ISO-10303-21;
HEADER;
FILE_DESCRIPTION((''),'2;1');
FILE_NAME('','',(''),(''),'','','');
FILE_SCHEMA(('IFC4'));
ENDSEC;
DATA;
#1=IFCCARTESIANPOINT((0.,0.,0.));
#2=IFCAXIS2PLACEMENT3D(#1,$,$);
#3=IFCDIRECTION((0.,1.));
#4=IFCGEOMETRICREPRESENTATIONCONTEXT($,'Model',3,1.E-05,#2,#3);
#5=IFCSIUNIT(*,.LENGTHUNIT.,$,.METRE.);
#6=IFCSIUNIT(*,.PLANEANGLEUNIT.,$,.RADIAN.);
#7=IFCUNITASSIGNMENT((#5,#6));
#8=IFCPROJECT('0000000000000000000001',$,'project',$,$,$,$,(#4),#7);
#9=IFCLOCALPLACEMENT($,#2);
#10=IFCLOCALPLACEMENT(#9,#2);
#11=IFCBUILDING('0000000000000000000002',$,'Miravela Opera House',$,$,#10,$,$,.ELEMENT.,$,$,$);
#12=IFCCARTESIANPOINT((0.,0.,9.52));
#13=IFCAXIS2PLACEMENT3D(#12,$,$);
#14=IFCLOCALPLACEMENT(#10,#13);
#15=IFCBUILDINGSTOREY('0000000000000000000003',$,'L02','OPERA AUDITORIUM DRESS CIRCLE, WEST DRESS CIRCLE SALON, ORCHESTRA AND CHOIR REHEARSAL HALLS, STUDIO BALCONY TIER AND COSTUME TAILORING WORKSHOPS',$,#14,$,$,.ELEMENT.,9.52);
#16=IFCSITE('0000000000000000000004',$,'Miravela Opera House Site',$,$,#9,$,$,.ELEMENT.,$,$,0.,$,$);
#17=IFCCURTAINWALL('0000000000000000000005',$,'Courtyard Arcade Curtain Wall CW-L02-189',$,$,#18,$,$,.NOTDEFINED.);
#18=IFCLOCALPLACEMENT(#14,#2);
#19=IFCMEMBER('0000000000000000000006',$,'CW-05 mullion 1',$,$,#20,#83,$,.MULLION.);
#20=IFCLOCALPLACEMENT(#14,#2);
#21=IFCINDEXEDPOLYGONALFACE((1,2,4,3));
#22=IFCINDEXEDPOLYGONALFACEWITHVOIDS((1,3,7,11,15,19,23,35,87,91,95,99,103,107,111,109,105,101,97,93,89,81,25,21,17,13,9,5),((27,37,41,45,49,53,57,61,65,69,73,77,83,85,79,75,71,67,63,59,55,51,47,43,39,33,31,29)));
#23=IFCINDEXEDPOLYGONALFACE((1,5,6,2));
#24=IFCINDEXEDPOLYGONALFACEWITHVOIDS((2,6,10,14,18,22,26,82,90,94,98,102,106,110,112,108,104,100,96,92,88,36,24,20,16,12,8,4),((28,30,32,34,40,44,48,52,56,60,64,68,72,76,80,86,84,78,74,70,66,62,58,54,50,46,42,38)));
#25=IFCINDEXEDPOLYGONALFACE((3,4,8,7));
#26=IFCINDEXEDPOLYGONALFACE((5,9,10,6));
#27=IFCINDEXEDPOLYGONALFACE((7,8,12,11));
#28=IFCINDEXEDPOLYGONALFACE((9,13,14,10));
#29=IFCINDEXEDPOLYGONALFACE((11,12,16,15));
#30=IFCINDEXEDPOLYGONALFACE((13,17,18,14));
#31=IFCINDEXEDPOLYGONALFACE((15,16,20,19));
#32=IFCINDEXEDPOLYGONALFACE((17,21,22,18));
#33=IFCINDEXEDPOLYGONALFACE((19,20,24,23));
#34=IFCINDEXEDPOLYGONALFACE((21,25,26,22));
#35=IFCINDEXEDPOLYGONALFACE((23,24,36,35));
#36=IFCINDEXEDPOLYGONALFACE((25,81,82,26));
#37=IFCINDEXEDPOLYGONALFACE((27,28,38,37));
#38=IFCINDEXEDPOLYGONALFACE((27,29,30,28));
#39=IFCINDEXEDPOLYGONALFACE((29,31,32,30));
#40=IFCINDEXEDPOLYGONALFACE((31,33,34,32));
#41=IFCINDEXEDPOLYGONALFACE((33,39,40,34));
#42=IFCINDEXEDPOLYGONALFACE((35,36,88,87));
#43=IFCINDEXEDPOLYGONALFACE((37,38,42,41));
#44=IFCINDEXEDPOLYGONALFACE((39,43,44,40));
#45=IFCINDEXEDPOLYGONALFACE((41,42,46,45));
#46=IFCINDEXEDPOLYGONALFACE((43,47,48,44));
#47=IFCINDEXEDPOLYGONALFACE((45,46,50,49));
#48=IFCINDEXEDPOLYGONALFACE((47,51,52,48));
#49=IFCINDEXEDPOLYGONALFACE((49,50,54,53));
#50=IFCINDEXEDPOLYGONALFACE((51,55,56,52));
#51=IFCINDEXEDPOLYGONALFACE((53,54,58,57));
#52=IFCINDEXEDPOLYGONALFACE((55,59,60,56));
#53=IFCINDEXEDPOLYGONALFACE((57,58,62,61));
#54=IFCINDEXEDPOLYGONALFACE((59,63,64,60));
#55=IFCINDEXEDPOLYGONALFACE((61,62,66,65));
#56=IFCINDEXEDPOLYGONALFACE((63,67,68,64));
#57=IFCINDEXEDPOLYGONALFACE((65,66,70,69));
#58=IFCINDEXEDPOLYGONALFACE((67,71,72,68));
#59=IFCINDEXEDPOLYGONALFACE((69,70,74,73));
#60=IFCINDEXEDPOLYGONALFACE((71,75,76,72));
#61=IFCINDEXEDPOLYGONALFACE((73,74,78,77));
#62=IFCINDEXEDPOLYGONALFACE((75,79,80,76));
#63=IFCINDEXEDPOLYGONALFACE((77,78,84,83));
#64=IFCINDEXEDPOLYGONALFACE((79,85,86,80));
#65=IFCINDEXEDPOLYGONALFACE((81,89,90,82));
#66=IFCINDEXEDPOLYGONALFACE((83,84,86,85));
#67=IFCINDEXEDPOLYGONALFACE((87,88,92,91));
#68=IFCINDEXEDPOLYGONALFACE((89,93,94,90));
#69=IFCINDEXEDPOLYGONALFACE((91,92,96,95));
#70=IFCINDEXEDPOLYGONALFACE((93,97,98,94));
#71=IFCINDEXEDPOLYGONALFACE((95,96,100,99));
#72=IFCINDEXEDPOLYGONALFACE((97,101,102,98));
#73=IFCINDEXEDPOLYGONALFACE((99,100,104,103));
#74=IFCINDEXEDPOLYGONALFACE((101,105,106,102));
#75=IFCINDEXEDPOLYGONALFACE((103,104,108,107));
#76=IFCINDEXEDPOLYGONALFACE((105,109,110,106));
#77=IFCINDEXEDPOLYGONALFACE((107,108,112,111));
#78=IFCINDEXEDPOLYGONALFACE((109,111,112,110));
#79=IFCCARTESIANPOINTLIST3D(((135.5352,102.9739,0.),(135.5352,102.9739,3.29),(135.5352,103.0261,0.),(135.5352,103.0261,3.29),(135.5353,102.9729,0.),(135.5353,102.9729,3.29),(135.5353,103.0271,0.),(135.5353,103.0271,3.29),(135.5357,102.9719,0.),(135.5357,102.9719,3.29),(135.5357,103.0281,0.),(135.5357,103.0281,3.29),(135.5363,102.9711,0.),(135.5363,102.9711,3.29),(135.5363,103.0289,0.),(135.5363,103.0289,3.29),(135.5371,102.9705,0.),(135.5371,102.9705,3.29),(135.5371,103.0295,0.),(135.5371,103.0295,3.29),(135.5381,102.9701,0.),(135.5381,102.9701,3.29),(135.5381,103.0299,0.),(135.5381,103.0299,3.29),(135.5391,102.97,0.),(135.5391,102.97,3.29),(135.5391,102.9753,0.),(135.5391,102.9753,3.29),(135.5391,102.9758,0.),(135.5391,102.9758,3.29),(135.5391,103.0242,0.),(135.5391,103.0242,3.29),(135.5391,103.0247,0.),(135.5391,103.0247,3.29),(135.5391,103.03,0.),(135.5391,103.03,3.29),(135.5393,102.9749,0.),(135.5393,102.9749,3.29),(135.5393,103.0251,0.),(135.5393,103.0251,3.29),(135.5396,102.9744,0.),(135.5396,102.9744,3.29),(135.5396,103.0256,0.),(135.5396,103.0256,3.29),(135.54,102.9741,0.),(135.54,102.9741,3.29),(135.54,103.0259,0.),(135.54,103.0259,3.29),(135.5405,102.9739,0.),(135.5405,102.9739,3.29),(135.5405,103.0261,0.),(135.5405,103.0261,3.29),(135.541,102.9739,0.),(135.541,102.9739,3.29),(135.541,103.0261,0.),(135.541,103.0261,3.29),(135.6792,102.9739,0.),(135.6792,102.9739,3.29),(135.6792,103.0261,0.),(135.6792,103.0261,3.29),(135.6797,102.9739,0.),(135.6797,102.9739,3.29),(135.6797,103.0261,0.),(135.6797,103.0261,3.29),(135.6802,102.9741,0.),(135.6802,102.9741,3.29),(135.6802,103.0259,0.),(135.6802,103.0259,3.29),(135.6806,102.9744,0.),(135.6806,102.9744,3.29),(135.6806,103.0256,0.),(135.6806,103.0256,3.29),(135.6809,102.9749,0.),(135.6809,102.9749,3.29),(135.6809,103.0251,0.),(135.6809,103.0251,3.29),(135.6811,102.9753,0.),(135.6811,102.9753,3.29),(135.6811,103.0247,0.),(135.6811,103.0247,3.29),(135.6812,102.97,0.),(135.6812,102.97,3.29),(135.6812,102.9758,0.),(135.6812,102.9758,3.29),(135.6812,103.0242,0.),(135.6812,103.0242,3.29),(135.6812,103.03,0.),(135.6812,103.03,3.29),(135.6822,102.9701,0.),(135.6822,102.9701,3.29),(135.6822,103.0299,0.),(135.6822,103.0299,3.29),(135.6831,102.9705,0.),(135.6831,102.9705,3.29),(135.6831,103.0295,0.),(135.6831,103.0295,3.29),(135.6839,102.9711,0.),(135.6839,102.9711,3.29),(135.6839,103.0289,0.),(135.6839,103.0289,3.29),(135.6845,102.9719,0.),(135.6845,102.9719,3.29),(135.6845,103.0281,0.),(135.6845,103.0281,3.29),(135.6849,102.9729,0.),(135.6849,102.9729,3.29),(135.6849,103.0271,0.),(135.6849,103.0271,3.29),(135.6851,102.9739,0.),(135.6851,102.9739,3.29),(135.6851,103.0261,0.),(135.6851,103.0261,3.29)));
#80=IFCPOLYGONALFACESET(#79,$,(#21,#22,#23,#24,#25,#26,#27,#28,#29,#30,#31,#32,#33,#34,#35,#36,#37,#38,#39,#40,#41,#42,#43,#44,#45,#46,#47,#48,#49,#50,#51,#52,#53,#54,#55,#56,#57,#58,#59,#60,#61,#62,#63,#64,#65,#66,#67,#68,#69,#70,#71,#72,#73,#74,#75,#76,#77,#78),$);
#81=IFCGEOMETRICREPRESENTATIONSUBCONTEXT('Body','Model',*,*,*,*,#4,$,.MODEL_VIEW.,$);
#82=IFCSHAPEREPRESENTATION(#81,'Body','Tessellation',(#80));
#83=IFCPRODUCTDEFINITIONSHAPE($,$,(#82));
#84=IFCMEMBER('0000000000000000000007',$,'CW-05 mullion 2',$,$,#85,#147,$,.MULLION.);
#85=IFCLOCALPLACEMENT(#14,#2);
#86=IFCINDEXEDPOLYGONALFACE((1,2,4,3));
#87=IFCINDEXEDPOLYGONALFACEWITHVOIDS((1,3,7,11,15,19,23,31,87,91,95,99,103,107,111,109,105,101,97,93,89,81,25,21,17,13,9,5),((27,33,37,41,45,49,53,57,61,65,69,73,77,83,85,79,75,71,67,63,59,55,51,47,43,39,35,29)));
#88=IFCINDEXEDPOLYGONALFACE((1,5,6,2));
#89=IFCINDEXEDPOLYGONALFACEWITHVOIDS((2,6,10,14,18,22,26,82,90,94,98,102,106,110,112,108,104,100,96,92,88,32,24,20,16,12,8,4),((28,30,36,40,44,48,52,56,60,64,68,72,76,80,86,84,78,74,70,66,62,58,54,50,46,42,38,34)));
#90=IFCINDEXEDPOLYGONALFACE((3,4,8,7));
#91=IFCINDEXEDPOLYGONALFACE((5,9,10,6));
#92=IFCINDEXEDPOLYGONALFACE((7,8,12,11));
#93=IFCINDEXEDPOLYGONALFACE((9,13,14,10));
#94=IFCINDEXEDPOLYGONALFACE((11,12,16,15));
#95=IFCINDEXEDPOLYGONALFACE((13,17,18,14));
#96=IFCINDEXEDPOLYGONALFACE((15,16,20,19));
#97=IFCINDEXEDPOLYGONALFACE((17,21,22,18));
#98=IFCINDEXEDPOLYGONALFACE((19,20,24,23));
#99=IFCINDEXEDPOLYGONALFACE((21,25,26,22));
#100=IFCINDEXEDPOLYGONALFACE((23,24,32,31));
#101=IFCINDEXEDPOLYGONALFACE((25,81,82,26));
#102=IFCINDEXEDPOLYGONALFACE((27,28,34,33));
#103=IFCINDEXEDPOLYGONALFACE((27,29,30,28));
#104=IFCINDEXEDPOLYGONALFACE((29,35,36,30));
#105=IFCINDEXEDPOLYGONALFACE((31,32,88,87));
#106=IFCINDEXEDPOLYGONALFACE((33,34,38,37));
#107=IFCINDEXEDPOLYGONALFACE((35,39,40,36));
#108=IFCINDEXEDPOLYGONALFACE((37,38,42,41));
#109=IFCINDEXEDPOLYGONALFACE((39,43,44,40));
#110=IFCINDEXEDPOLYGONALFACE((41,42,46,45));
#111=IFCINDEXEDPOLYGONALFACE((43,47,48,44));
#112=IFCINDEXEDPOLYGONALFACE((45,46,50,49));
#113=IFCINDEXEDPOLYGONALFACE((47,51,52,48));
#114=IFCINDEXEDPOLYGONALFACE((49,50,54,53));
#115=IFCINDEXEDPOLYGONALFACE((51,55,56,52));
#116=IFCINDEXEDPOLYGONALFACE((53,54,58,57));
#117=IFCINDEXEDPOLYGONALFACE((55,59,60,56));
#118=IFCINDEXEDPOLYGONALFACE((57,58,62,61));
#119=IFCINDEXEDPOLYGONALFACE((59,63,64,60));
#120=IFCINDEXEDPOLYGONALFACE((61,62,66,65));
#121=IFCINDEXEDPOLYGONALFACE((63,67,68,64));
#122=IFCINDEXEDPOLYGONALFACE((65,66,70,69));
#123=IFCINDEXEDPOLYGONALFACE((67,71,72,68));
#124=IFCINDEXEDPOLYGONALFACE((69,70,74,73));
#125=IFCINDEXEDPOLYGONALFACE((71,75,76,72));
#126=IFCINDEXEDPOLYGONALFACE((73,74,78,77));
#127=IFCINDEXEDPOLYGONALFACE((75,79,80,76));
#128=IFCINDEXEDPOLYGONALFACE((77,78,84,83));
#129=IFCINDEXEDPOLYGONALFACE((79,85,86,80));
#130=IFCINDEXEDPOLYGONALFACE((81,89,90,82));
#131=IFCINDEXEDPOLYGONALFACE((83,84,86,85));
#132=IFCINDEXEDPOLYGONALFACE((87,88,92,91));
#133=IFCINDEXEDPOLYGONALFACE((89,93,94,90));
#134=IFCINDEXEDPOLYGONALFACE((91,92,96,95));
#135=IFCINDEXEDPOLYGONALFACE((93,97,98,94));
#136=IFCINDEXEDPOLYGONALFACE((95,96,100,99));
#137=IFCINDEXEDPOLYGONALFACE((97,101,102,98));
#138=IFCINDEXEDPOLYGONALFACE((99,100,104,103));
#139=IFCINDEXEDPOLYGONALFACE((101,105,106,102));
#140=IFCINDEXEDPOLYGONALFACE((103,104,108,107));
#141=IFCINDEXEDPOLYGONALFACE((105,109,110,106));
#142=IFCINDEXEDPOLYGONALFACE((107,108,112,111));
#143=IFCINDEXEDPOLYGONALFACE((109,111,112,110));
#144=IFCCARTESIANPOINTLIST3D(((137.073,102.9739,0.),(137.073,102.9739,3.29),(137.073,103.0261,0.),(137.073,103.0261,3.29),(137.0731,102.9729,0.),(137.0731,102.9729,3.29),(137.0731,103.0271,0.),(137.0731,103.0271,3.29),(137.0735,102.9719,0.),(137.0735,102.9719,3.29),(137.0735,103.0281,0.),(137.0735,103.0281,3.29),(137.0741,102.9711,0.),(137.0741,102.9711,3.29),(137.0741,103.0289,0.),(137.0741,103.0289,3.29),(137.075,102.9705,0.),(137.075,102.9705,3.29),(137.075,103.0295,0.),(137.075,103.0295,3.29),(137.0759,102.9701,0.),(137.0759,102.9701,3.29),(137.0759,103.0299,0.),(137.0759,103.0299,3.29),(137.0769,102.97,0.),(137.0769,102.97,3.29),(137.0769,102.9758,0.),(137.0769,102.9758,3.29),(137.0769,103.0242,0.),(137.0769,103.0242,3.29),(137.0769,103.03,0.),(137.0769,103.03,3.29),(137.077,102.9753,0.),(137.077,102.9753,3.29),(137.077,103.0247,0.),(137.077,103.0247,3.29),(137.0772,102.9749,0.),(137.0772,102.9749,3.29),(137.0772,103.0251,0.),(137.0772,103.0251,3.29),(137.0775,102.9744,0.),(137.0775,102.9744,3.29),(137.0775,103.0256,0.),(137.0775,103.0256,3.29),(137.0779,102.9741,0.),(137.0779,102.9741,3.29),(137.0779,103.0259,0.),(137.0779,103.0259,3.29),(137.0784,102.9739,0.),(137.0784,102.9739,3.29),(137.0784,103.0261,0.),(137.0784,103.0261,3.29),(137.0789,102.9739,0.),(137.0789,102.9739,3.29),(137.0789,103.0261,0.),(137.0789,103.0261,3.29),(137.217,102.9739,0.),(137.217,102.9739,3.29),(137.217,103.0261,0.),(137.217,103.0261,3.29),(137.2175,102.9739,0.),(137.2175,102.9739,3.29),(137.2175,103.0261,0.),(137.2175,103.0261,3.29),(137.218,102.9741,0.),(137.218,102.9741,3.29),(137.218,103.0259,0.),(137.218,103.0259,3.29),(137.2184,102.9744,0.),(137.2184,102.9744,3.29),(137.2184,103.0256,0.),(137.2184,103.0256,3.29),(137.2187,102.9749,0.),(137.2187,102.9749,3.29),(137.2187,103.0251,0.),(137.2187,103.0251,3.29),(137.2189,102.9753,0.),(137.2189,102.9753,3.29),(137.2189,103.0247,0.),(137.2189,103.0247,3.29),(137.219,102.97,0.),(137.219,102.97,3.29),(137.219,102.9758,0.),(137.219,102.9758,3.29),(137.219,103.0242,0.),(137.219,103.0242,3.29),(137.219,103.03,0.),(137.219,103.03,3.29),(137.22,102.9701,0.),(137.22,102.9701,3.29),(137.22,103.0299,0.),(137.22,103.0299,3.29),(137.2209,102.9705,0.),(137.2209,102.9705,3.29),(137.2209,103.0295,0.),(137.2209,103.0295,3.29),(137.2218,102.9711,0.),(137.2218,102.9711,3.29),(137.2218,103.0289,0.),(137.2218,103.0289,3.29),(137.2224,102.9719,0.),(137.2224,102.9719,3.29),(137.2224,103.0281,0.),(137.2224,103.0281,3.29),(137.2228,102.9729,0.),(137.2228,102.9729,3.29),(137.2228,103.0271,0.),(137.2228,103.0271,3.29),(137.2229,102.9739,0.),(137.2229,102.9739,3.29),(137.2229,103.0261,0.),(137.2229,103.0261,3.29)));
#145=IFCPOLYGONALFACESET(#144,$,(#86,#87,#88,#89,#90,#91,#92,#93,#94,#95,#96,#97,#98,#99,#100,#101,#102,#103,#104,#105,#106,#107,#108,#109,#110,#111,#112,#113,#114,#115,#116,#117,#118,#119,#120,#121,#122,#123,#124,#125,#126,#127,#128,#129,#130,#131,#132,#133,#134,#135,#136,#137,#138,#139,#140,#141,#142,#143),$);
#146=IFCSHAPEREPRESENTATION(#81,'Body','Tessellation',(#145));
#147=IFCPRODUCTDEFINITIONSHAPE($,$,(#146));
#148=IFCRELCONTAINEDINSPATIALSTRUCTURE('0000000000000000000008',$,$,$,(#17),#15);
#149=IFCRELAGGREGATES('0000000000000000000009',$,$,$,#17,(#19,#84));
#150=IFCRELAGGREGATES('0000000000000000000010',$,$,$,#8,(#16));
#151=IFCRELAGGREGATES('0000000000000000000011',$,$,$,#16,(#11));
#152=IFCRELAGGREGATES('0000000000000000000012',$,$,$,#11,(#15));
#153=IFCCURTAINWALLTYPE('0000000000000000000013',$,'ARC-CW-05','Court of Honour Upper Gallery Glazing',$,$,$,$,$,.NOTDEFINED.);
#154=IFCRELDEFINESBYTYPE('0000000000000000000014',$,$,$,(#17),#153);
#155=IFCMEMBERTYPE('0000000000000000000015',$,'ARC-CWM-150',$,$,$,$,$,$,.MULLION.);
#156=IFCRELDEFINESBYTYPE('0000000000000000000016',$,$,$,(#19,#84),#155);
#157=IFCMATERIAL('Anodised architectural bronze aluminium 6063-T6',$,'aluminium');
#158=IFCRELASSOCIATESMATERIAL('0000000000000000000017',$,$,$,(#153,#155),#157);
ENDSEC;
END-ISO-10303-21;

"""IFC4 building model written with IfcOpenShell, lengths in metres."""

from ifc_helpers import new_model, si_unit, direction, frame, origin, origin_2d, place, context, subcontext, project, spatial, hollow_rectangle, extrude, material, material_profile, profile_set, type_object, element, aggregate, save


model = new_model("IFC4")

# Units and contexts
model_context = context("Model", 3, precision=1e-05, world=origin(), true_north=direction((0.0, 1.0)))
body_context = subcontext(model_context, "Body", "Model", "MODEL_VIEW")
ifc_project = project(units=[si_unit("LENGTHUNIT", "METRE"), si_unit("PLANEANGLEUNIT", "RADIAN")], contexts=[model_context])

# Site, building, storey
site_placement = place(None, origin())
site = spatial("IfcSite", under=ifc_project, at=site_placement, Name="Miravela Opera House Site", CompositionType="ELEMENT", RefElevation=0.0)
building_placement = place(site_placement, origin())
building = spatial("IfcBuilding", under=site, at=building_placement, Name="Miravela Opera House", CompositionType="ELEMENT")
storey_placement = place(building_placement, frame((0.0, 0.0, 9.52)))
storey = spatial("IfcBuildingStorey", under=building, at=storey_placement, Name="L02", Description="OPERA AUDITORIUM DRESS CIRCLE, WEST DRESS CIRCLE SALON, ORCHESTRA AND CHOIR REHEARSAL HALLS, STUDIO BALCONY TIER AND COSTUME TAILORING WORKSHOPS", CompositionType="ELEMENT", Elevation=9.52)

# Shared definitions
ifc_material_1 = material(Name="Anodised architectural bronze aluminium 6063-T6", Category="aluminium")
curtain_wall_type = type_object("IfcCurtainWallType", Name="ARC-CW-05", Description="Court of Honour Upper Gallery Glazing", PredefinedType="NOTDEFINED", material=ifc_material_1)
ifc_material_profile_1 = material_profile(ifc_material_1, hollow_rectangle(XDim=0.0601, YDim=0.1499, WallThickness=0.0039, InnerFilletRadius=0.002, OuterFilletRadius=0.0039, at=origin_2d()), Name="CWM-60X150")
ifc_profile_set_1 = profile_set([ifc_material_profile_1])
member_type_1 = type_object("IfcMemberType", Name="ARC-CWM-150", PredefinedType="MULLION", material=ifc_profile_set_1)

# Curtain wall, members
curtain_wall_1_placement = place(storey_placement, origin())
curtain_wall_1 = element("IfcCurtainWall", 1, at=curtain_wall_1_placement, inside=storey, type_object=curtain_wall_type, Name="Courtyard Arcade Curtain Wall CW-L02-189", PredefinedType="NOTDEFINED")
member_1_placement = place(storey_placement, frame((135.6101, 103.0, 0.0), z_axis=(0.0, 0.0, 1.0), x_axis=(0.0, 1.0, 0.0)))
member_1 = element("IfcMember", 2, at=member_1_placement, type_object=member_type_1, Name="CW-05 mullion 1", PredefinedType="MULLION", context=body_context, shape_type="SweptSolid", body=[
    extrude(hollow_rectangle(XDim=0.0601, YDim=0.1499, WallThickness=0.0039, InnerFilletRadius=0.002, OuterFilletRadius=0.0039, at=origin_2d()), origin(), (0.0, 0.0, 1.0), 3.29),
])
member_2_placement = place(storey_placement, frame((137.1479, 103.0, 0.0), z_axis=(0.0, 0.0, 1.0), x_axis=(0.0, 1.0, 0.0)))
member_2 = element("IfcMember", 3, at=member_2_placement, type_object=member_type_1, Name="CW-05 mullion 2", PredefinedType="MULLION", context=body_context, shape_type="SweptSolid", body=[
    extrude(hollow_rectangle(XDim=0.0601, YDim=0.1499, WallThickness=0.0039, InnerFilletRadius=0.002, OuterFilletRadius=0.0039, at=origin_2d()), origin(), (0.0, 0.0, 1.0), 3.29),
])

aggregate(curtain_wall_1, [member_1, member_2])

save(model, "model.ifc")
